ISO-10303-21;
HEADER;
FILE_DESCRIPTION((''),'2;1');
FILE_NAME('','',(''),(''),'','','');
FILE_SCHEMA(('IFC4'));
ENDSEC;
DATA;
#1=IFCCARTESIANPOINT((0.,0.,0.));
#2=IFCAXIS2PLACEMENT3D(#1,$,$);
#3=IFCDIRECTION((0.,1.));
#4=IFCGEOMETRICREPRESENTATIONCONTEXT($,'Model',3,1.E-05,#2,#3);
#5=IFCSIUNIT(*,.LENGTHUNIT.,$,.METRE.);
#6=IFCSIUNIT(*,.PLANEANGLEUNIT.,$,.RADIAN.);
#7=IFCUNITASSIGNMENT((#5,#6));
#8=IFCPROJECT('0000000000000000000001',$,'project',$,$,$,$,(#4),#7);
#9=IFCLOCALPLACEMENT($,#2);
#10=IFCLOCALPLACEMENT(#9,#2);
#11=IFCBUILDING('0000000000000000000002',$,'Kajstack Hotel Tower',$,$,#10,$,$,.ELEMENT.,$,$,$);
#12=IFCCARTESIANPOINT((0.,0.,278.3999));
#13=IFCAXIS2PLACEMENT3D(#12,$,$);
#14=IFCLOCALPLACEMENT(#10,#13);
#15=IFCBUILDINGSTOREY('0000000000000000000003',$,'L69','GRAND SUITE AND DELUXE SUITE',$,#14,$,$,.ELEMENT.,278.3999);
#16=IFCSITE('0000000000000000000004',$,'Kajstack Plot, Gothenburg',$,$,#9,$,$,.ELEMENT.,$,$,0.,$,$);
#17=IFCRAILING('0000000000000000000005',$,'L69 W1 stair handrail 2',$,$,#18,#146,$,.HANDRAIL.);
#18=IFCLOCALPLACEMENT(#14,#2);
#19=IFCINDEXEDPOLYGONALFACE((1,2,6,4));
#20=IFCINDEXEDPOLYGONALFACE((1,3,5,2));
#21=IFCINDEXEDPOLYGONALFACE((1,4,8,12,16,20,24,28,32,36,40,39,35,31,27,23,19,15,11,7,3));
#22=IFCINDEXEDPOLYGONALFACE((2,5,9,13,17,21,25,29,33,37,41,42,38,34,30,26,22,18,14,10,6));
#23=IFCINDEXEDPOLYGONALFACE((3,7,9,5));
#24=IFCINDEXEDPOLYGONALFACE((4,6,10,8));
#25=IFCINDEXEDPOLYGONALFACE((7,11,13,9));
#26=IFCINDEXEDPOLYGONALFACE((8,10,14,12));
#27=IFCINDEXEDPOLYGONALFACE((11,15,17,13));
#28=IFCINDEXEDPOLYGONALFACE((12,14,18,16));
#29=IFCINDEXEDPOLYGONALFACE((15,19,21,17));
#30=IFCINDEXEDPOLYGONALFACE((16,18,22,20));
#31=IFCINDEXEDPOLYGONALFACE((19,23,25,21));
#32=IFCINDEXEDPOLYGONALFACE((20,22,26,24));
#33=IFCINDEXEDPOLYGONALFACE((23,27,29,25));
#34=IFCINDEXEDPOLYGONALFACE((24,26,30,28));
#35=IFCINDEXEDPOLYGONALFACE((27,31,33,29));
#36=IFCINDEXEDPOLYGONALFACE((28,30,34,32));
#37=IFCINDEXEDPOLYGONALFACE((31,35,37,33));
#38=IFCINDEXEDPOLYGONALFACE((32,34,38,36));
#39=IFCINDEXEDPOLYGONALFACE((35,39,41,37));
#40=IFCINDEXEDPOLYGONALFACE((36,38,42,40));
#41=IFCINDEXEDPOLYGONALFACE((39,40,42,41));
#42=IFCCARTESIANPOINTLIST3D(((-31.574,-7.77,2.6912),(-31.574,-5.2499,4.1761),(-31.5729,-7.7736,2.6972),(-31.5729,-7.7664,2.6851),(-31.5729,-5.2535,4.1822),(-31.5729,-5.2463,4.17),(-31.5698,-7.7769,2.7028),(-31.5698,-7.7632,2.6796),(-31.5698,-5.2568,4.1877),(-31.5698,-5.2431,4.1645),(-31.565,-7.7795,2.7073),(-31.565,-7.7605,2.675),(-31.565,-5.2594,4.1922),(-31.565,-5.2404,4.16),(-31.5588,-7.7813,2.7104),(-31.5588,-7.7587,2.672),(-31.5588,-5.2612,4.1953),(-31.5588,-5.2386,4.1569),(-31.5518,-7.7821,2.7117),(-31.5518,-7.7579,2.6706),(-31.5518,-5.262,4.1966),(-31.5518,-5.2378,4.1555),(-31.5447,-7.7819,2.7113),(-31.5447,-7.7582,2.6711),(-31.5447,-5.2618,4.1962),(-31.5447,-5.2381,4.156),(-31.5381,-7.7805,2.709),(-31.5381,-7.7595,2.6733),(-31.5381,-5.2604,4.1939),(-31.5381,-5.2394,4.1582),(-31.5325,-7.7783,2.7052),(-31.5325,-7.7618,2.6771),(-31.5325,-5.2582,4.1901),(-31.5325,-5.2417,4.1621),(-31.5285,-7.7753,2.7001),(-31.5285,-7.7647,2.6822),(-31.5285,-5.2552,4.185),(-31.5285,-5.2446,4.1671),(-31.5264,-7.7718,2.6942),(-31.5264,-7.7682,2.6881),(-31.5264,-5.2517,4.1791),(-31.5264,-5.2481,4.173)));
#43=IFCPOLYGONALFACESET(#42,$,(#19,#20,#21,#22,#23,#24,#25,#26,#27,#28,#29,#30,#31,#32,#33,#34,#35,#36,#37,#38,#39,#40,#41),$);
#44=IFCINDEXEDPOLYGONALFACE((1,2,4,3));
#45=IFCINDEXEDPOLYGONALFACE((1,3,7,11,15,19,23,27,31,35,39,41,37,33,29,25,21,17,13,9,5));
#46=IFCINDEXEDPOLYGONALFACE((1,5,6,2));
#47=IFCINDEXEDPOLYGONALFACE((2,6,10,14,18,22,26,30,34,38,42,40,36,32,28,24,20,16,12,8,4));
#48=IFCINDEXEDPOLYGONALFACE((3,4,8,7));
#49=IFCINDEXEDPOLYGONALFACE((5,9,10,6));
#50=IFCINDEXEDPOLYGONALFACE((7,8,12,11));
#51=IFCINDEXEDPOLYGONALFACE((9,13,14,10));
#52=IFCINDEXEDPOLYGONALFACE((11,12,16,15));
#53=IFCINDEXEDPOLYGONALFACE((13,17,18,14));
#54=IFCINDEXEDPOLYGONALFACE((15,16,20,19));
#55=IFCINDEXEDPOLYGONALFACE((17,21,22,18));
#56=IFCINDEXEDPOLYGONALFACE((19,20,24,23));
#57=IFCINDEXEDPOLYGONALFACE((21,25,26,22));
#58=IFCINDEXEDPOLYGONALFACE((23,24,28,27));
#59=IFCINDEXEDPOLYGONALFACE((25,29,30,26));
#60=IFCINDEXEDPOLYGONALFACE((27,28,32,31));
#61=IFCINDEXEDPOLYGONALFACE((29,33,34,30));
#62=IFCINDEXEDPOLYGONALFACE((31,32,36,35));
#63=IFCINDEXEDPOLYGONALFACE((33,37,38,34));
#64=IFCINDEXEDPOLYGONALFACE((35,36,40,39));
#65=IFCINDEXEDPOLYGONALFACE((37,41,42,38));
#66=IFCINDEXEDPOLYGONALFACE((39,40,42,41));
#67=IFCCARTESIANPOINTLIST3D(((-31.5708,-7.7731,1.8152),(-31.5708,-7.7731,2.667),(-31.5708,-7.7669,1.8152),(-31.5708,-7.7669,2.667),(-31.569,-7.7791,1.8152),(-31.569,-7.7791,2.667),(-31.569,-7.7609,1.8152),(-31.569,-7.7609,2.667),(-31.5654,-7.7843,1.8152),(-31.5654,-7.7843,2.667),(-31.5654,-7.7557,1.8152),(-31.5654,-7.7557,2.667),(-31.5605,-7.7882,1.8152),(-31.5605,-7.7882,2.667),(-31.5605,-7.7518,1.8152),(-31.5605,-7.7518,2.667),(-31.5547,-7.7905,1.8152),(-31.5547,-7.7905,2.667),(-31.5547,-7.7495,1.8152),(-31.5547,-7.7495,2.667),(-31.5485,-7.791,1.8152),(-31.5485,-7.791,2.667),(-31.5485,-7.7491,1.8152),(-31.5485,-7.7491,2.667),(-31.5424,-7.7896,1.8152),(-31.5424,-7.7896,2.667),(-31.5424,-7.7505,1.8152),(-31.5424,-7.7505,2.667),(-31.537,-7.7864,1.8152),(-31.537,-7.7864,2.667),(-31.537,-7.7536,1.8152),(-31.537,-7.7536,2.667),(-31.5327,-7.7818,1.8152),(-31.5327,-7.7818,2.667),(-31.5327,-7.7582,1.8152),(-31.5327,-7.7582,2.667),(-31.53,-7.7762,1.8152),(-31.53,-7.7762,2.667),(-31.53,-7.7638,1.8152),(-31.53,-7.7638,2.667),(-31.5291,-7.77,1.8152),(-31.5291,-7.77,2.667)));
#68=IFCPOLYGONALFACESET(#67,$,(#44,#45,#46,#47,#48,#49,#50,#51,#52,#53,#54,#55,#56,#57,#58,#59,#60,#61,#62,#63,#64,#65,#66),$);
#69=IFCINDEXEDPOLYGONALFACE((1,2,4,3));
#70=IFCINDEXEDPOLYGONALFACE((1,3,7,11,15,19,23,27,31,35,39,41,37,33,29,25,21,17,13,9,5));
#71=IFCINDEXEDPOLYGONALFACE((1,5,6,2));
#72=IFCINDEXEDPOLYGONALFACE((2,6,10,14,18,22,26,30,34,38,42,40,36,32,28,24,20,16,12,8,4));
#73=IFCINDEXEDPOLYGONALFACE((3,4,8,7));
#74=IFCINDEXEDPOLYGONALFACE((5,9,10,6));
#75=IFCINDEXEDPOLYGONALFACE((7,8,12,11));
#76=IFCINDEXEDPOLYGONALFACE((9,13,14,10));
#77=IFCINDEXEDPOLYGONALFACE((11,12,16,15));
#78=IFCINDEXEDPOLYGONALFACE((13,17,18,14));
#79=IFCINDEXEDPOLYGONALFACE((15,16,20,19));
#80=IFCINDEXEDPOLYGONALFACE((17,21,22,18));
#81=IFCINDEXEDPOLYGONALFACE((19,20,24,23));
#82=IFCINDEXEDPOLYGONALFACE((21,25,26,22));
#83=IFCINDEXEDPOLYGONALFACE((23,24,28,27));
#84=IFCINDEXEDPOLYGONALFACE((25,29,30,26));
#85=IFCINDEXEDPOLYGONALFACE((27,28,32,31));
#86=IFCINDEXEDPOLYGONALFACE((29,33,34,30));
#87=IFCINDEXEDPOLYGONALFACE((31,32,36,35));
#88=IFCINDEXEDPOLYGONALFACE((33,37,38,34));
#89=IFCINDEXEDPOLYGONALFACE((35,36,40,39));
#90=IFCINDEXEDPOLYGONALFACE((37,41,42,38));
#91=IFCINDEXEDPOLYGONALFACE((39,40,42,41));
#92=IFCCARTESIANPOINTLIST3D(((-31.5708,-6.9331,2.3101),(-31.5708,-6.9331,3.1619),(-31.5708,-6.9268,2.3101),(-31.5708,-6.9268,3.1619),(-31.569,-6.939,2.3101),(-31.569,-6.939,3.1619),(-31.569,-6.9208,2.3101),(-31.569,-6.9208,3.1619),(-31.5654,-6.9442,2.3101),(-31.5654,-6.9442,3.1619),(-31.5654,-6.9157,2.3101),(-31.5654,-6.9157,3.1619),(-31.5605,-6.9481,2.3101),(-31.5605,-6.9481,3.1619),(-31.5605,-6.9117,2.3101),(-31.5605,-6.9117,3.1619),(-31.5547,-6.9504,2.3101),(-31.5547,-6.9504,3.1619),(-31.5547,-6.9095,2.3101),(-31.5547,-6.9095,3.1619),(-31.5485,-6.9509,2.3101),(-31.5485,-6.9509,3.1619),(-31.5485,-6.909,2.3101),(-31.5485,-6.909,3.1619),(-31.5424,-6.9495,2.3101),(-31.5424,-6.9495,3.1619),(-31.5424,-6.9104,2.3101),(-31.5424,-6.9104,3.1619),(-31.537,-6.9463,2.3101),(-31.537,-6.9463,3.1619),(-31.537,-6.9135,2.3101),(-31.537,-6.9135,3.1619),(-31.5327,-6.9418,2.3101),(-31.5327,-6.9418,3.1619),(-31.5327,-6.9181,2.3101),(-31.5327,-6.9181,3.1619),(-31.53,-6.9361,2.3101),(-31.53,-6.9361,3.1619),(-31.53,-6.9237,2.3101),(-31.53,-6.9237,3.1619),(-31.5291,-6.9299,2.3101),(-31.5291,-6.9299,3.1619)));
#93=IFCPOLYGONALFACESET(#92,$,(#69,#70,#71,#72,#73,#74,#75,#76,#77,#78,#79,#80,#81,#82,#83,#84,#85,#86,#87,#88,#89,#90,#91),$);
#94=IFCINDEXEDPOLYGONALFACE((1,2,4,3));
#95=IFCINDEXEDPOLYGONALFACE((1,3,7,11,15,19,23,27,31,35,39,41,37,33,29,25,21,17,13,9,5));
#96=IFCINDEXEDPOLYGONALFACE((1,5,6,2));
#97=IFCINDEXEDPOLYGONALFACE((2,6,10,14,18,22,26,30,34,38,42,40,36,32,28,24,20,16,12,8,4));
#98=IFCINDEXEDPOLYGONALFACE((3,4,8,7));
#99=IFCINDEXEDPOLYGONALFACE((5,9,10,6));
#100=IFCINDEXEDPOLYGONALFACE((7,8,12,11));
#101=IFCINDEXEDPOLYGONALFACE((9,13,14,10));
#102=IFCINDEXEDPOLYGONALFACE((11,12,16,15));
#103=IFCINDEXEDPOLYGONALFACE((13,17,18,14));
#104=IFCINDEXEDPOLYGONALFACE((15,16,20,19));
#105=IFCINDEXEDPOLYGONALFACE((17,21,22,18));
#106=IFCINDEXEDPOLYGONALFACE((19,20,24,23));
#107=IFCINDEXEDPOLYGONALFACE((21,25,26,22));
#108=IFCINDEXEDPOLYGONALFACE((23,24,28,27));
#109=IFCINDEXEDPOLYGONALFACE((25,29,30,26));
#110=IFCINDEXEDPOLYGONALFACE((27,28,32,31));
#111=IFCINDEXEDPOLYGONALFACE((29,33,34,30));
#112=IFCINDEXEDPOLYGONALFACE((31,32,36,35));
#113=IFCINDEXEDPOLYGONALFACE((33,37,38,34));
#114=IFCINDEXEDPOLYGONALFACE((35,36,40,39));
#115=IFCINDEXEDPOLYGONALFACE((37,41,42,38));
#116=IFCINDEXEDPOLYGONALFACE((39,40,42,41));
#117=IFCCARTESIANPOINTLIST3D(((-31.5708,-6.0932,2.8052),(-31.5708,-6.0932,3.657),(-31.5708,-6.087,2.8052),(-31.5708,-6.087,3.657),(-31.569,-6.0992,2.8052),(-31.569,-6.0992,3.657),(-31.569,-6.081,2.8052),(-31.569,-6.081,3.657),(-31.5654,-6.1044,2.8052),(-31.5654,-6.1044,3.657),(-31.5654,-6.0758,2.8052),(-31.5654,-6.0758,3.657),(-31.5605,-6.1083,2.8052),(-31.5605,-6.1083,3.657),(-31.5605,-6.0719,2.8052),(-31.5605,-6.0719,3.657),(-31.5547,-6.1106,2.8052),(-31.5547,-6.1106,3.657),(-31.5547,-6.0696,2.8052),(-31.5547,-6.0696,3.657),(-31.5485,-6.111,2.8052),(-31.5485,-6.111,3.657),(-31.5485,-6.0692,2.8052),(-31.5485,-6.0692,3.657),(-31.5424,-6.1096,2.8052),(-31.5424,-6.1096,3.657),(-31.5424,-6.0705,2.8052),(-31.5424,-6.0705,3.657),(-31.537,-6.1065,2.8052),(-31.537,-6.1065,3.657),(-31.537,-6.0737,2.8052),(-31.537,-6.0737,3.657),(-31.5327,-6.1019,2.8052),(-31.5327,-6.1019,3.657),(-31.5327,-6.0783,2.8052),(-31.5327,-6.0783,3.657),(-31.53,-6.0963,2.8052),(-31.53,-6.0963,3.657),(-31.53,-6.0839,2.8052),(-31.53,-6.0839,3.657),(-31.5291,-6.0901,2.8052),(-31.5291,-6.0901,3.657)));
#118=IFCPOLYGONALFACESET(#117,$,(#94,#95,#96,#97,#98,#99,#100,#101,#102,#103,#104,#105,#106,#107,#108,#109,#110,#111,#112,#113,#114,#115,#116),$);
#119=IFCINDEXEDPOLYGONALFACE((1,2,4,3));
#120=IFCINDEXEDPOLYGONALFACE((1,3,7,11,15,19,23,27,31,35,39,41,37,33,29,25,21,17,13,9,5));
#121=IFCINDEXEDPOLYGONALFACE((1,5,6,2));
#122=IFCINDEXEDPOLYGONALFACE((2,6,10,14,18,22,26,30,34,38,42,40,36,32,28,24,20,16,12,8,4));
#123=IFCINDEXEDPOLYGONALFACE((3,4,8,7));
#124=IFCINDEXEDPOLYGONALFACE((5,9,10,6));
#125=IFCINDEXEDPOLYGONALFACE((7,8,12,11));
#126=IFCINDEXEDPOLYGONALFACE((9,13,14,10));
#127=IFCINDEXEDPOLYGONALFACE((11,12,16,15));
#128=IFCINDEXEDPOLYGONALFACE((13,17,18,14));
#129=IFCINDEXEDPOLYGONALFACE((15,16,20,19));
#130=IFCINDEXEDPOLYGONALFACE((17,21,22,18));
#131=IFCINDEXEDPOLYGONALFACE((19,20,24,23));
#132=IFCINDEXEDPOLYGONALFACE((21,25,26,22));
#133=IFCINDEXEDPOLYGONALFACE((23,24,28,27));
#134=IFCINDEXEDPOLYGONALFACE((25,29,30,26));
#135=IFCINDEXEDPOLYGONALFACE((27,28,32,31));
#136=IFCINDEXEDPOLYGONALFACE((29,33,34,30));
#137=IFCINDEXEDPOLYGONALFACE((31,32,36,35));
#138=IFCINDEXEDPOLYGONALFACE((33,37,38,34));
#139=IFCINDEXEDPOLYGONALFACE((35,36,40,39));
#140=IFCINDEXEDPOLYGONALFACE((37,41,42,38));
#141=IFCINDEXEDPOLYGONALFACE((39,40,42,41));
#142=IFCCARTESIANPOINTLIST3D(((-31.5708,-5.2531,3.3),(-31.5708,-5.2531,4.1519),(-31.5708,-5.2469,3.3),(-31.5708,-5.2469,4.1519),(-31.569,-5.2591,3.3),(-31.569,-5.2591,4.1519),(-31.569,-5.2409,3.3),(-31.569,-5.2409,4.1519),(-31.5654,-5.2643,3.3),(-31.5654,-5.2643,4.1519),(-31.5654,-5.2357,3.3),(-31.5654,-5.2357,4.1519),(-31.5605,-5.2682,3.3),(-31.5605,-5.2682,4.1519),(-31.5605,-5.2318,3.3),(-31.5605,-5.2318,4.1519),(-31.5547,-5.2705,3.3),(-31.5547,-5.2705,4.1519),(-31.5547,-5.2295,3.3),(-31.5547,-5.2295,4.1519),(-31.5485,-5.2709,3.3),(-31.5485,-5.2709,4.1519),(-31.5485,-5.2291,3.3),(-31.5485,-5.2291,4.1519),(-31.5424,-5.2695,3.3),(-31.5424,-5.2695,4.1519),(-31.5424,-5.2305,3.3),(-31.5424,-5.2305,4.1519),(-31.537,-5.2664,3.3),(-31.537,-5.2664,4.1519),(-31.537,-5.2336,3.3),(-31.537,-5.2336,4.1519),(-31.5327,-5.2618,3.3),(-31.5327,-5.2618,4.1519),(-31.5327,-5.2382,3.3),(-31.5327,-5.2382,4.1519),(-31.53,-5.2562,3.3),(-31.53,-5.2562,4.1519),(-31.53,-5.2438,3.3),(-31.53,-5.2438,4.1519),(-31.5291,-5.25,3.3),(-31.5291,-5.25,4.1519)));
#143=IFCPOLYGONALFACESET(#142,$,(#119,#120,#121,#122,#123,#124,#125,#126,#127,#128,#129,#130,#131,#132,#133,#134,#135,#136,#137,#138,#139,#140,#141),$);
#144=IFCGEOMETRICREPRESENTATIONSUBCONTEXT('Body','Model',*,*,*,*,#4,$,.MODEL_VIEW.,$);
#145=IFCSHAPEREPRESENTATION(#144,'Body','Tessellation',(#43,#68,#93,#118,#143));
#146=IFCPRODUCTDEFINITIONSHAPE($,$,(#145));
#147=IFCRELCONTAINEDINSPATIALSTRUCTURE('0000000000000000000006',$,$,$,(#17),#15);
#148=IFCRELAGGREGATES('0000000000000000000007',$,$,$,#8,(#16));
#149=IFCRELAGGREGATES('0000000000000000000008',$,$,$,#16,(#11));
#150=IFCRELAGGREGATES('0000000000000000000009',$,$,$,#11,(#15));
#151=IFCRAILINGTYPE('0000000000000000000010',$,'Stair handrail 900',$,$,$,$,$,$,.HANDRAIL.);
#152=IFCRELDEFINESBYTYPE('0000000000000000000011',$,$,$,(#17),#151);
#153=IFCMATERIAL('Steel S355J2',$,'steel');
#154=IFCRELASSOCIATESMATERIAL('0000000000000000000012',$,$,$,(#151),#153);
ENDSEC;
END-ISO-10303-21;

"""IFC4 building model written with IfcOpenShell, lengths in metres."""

from ifc_helpers import new_model, si_unit, direction, frame, origin, origin_2d, place, context, subcontext, project, spatial, circle, extrude, material, type_object, element, save


model = new_model("IFC4")

# Units and contexts
model_context = context("Model", 3, precision=1e-05, world=origin(), true_north=direction((0.0, 1.0)))
body_context = subcontext(model_context, "Body", "Model", "MODEL_VIEW")
ifc_project = project(units=[si_unit("LENGTHUNIT", "METRE"), si_unit("PLANEANGLEUNIT", "RADIAN")], contexts=[model_context])

# Site, building, storey
site_placement = place(None, origin())
site = spatial("IfcSite", under=ifc_project, at=site_placement, Name="Kajstack Plot, Gothenburg", CompositionType="ELEMENT", RefElevation=0.0)
building_placement = place(site_placement, origin())
building = spatial("IfcBuilding", under=site, at=building_placement, Name="Kajstack Hotel Tower", CompositionType="ELEMENT")
storey_placement = place(building_placement, frame((0.0, 0.0, 278.3999)))
storey = spatial("IfcBuildingStorey", under=building, at=storey_placement, Name="L69", Description="GRAND SUITE AND DELUXE SUITE", CompositionType="ELEMENT", Elevation=278.3999)

# Railing
ifc_material_1 = material(Name="Steel S355J2", Category="steel")
railing_type = type_object("IfcRailingType", Name="Stair handrail 900", PredefinedType="HANDRAIL", material=ifc_material_1)
railing_1_placement = place(storey_placement, frame((-31.55, -7.77, 1.8152)))
element("IfcRailing", 1, at=railing_1_placement, inside=storey, type_object=railing_type, Name="L69 W1 stair handrail 2", PredefinedType="HANDRAIL", context=body_context, shape_type="SweptSolid", body=[
    extrude(circle(Radius=0.0239, at=origin_2d()), frame((0.0, 0.0, 0.876), z_axis=(0.0, 0.861561, 0.507655), x_axis=(-1.0, 0.0, 0.0)), (0.0, 0.0, 1.0), 2.925),
    extrude(circle(Radius=0.021, at=origin_2d()), origin(), (0.0, 0.0, 1.0), 0.8518),
    extrude(circle(Radius=0.021, at=origin_2d()), frame((0.0, 0.8401, 0.4949)), (0.0, 0.0, 1.0), 0.8518),
    extrude(circle(Radius=0.021, at=origin_2d()), frame((0.0, 1.6799, 0.99)), (0.0, 0.0, 1.0), 0.8518),
    extrude(circle(Radius=0.021, at=origin_2d()), frame((0.0, 2.52, 1.4849)), (0.0, 0.0, 1.0), 0.8518),
])

save(model, "model.ifc")
